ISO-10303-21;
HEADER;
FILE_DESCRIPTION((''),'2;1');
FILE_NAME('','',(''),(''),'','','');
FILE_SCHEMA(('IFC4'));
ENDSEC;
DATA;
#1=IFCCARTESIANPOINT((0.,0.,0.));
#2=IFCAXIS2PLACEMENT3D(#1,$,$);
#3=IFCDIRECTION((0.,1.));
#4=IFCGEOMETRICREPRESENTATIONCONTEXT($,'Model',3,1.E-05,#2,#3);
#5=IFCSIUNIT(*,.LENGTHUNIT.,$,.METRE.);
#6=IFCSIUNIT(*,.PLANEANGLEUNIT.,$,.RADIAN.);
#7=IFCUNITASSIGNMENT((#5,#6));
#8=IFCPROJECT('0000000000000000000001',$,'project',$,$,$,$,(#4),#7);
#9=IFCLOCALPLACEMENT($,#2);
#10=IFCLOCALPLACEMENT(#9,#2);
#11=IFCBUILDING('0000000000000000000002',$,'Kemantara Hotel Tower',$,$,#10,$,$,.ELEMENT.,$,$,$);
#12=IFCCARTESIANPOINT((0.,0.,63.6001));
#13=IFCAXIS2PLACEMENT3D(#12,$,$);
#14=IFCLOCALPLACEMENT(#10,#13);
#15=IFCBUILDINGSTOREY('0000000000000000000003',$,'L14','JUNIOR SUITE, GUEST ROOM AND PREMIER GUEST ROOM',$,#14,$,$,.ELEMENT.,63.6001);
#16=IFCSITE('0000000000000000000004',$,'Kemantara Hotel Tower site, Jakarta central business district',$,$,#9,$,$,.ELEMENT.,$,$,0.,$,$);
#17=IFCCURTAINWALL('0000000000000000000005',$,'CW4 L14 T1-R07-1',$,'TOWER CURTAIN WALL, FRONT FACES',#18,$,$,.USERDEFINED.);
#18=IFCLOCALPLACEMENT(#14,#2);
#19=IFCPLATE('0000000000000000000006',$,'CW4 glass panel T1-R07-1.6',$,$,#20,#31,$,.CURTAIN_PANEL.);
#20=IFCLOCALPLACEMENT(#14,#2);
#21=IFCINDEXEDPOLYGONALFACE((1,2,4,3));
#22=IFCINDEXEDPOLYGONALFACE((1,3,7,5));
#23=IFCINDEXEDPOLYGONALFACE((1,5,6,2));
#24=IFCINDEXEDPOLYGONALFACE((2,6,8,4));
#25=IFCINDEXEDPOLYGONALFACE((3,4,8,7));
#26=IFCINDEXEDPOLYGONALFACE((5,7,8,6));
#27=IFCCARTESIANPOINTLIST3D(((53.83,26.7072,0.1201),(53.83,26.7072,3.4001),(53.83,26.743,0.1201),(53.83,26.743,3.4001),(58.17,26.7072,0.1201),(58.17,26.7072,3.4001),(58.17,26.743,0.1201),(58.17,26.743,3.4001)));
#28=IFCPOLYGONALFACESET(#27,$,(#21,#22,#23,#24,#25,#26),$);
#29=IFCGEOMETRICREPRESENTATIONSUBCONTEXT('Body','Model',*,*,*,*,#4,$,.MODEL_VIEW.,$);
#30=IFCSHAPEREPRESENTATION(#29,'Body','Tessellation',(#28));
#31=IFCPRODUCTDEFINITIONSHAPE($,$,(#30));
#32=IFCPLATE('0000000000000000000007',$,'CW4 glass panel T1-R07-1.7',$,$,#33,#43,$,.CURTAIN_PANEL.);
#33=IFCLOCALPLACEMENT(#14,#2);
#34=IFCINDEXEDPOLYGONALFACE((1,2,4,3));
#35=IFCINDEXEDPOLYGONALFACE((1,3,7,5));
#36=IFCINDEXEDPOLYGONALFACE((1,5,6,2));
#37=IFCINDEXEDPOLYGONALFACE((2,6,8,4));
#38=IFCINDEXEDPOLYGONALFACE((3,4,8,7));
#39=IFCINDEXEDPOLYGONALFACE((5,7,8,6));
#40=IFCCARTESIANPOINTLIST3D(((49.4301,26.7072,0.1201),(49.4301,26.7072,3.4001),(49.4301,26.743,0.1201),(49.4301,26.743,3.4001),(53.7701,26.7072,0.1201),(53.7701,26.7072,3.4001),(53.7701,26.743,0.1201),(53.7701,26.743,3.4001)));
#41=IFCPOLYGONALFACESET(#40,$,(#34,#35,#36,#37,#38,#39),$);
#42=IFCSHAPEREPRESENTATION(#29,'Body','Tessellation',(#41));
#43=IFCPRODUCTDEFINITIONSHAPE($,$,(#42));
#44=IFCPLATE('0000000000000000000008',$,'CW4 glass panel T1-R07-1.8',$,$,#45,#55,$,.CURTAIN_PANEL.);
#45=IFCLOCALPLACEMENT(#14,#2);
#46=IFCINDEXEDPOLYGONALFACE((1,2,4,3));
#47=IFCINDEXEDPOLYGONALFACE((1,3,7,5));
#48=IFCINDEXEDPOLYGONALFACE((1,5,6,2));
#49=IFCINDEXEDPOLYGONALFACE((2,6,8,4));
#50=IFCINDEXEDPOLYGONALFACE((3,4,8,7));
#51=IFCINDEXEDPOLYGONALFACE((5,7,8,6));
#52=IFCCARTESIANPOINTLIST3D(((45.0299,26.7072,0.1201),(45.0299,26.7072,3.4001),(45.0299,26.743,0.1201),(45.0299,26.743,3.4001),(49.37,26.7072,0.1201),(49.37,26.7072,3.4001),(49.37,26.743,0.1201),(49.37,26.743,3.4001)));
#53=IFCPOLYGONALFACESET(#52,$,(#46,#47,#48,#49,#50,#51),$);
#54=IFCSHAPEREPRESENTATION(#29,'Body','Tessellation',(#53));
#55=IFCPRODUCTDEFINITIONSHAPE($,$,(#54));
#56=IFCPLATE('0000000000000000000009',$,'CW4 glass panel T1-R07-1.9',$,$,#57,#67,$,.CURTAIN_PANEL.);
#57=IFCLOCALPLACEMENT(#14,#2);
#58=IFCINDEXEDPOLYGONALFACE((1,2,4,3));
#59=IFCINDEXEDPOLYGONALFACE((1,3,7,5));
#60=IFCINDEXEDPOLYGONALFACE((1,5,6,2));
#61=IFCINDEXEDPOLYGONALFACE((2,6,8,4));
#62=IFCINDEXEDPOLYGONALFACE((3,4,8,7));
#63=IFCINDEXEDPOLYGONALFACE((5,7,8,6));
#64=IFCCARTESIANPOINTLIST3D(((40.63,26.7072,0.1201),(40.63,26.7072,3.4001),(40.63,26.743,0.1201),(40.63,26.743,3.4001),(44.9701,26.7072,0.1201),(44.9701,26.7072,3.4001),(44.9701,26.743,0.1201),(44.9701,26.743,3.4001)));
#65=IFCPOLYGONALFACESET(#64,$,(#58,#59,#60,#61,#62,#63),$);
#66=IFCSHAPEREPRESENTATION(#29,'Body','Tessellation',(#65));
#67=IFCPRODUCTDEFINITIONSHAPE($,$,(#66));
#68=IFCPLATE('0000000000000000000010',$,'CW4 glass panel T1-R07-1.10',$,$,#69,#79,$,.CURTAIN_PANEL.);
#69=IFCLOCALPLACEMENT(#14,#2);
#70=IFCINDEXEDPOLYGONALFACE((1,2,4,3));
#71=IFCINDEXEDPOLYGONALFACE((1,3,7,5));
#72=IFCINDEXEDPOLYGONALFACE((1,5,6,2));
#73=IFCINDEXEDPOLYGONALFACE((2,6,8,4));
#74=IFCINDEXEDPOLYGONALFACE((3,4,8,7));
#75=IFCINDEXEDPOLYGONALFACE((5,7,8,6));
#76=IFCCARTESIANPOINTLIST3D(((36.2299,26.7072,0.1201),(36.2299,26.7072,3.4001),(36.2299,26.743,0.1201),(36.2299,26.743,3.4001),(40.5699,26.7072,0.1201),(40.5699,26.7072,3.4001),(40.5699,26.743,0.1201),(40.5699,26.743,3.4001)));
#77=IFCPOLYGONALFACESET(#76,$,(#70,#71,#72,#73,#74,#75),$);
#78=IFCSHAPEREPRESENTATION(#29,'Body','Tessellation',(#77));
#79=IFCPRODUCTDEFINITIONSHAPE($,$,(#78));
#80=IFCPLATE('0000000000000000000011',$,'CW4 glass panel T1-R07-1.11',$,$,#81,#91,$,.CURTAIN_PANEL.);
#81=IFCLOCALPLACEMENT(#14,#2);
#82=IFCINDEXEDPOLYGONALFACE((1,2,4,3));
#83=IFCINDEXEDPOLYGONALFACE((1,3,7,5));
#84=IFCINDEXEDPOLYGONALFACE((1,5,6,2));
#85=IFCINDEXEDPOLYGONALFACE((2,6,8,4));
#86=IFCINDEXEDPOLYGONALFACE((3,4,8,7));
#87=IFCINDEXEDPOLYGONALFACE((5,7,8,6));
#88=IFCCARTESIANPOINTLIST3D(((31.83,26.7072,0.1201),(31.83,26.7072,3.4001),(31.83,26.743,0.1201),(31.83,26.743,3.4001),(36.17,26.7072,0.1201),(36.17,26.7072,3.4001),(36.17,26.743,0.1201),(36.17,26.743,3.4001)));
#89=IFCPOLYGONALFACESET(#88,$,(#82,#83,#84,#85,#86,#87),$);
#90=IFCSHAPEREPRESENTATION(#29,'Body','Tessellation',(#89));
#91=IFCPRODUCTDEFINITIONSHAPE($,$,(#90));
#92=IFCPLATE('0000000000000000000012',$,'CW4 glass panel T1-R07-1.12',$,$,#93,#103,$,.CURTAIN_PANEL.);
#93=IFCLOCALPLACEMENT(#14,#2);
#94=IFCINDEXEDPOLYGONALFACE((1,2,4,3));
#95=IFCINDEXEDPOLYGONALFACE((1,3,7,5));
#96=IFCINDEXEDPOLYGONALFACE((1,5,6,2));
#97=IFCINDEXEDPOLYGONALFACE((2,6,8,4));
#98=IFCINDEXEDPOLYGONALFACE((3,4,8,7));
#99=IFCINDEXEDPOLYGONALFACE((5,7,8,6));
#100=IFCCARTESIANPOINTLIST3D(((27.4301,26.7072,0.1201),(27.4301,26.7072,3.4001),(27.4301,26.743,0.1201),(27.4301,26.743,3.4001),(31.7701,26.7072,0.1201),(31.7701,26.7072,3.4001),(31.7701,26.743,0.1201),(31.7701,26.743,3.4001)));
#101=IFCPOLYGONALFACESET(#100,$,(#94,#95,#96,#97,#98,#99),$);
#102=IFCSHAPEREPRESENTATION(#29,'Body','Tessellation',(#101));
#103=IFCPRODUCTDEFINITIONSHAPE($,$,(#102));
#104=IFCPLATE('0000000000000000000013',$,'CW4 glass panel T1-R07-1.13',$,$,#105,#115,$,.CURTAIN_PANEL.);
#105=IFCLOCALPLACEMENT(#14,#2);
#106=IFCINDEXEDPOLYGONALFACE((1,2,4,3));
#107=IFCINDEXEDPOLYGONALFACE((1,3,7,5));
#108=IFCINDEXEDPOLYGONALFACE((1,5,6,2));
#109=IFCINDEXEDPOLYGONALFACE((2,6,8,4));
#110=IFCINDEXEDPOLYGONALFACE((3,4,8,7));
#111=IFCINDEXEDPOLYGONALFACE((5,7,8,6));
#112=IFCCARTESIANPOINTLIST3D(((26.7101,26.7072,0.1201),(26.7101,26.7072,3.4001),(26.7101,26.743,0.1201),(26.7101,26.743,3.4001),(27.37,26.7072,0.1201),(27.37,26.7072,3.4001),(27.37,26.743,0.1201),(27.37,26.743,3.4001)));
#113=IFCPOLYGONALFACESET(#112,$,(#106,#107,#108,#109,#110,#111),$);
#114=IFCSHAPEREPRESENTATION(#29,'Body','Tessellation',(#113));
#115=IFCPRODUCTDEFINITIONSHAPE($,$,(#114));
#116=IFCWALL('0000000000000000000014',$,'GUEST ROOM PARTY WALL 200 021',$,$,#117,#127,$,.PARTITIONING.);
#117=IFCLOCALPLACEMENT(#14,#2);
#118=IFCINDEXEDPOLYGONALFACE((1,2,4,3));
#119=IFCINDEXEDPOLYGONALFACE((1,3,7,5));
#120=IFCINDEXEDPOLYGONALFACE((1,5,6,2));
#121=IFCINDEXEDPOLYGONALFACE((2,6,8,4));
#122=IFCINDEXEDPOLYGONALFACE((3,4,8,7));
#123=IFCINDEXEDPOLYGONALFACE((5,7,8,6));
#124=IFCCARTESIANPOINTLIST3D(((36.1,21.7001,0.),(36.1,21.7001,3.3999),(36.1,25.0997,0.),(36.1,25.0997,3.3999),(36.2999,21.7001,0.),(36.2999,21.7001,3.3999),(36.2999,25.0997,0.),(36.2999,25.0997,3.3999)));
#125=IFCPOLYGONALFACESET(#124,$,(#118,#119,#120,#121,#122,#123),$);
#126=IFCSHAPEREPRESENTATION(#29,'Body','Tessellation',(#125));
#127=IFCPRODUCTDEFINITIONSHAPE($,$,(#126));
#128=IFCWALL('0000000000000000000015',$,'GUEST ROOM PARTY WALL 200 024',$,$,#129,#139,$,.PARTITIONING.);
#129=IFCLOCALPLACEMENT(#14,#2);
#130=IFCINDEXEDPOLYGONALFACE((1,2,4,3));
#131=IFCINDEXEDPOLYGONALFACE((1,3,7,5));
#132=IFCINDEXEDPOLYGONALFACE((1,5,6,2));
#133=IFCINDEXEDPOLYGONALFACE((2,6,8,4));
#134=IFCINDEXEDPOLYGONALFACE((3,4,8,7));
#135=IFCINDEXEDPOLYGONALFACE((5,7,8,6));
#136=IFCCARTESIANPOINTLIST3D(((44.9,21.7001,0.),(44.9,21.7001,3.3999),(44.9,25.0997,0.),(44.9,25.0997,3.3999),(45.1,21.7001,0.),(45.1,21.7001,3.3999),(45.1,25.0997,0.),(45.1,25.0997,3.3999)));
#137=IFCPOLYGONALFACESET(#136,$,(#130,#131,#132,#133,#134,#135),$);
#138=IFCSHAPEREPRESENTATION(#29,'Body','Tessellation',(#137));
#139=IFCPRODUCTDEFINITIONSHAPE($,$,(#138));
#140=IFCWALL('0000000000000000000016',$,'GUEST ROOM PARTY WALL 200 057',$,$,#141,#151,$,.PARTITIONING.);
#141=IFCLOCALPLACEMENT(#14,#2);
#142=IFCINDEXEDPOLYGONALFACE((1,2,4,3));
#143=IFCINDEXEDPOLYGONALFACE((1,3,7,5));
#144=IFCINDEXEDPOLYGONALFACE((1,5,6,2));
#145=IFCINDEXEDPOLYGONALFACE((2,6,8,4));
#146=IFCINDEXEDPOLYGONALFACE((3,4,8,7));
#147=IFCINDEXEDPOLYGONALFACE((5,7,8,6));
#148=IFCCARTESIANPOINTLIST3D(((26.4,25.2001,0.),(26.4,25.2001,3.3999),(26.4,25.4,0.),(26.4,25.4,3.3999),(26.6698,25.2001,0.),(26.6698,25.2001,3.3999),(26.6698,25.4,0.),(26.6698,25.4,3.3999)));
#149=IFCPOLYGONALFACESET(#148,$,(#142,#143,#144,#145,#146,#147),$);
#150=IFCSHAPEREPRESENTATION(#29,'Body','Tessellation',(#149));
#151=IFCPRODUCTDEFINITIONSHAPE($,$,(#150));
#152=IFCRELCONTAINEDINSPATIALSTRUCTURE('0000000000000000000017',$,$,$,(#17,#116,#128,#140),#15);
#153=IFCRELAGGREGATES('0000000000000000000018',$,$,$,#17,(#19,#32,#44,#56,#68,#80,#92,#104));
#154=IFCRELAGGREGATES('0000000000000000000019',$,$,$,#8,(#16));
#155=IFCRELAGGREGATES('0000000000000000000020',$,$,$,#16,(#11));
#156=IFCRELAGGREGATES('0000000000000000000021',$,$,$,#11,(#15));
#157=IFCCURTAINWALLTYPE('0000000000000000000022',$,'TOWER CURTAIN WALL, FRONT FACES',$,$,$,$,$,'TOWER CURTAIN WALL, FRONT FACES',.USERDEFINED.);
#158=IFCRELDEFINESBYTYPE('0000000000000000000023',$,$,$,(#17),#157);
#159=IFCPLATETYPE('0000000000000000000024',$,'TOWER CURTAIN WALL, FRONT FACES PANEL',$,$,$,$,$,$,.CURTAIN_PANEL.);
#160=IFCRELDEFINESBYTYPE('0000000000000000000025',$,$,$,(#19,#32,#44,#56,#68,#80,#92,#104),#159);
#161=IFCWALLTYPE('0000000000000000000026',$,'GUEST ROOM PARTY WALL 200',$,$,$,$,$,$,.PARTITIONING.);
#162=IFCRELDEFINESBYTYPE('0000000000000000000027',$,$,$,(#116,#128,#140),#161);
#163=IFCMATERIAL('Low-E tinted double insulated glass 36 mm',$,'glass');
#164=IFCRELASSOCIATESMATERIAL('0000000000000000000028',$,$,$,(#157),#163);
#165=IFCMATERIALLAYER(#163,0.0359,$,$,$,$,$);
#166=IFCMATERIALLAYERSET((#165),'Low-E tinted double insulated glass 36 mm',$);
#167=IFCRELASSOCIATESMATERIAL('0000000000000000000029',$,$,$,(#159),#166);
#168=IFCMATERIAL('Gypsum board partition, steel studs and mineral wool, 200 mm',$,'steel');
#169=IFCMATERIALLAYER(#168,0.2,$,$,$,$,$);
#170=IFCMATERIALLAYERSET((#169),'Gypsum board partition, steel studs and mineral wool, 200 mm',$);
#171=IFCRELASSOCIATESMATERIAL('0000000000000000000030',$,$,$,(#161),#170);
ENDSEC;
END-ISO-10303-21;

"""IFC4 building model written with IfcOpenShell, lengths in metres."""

from ifc_helpers import new_model, si_unit, direction, frame, frame_2d, origin, origin_2d, place, context, subcontext, project, spatial, rectangle, extrude, source, transform, mapped, material, layer, layer_set, type_object, element, aggregate, save


model = new_model("IFC4")

# Units and contexts
model_context = context("Model", 3, precision=1e-05, world=origin(), true_north=direction((0.0, 1.0)))
body_context = subcontext(model_context, "Body", "Model", "MODEL_VIEW")
ifc_project = project(units=[si_unit("LENGTHUNIT", "METRE"), si_unit("PLANEANGLEUNIT", "RADIAN")], contexts=[model_context])

# Site, building, storey
site_placement = place(None, origin())
site = spatial("IfcSite", under=ifc_project, at=site_placement, Name="Kemantara Hotel Tower site, Jakarta central business district", CompositionType="ELEMENT", RefElevation=0.0)
building_placement = place(site_placement, origin())
building = spatial("IfcBuilding", under=site, at=building_placement, Name="Kemantara Hotel Tower", CompositionType="ELEMENT")
storey_placement = place(building_placement, frame((0.0, 0.0, 63.6001)))
storey = spatial("IfcBuildingStorey", under=building, at=storey_placement, Name="L14", Description="JUNIOR SUITE, GUEST ROOM AND PREMIER GUEST ROOM", CompositionType="ELEMENT", Elevation=63.6001)

# Curtain wall, plates
ifc_material_1 = material(Name="Low-E tinted double insulated glass 36 mm", Category="glass")
curtain_wall_type = type_object("IfcCurtainWallType", Name="TOWER CURTAIN WALL, FRONT FACES", ElementType="TOWER CURTAIN WALL, FRONT FACES", PredefinedType="USERDEFINED", material=ifc_material_1)
curtain_wall_placement = place(storey_placement, origin())
curtain_wall = element("IfcCurtainWall", 1, at=curtain_wall_placement, inside=storey, type_object=curtain_wall_type, Name="CW4 L14 T1-R07-1", ObjectType="TOWER CURTAIN WALL, FRONT FACES", PredefinedType="USERDEFINED")
ifc_layer_1 = layer(ifc_material_1, 0.0359)
ifc_layer_set_1 = layer_set([ifc_layer_1], Name="Low-E tinted double insulated glass 36 mm")
plate_type = type_object("IfcPlateType", Name="TOWER CURTAIN WALL, FRONT FACES PANEL", PredefinedType="CURTAIN_PANEL", material=ifc_layer_set_1)
shared_shape_1 = source(origin(), body_context, "Body", "SweptSolid", [
    extrude(rectangle(XDim=4.3401, YDim=0.0359, at=origin_2d()), origin(), (0.0, 0.0, 1.0), 3.28),
])
plate_1_placement = place(storey_placement, frame((56.0, 26.7251, 0.1201), z_axis=(0.0, 0.0, 1.0), x_axis=(-1.0, 0.0, 0.0)))
plate_1 = element("IfcPlate", 2, at=plate_1_placement, type_object=plate_type, Name="CW4 glass panel T1-R07-1.6", PredefinedType="CURTAIN_PANEL", context=body_context, shape_type="MappedRepresentation", body=[
    mapped(shared_shape_1, transform((0.0, 0.0, 0.0))),
])
plate_2_placement = place(storey_placement, frame((51.6001, 26.7251, 0.1201), z_axis=(0.0, 0.0, 1.0), x_axis=(-1.0, 0.0, 0.0)))
plate_2 = element("IfcPlate", 3, at=plate_2_placement, type_object=plate_type, Name="CW4 glass panel T1-R07-1.7", PredefinedType="CURTAIN_PANEL", context=body_context, shape_type="MappedRepresentation", body=[
    mapped(shared_shape_1, transform((0.0, 0.0, 0.0))),
])
plate_3_placement = place(storey_placement, frame((47.2, 26.7251, 0.1201), z_axis=(0.0, 0.0, 1.0), x_axis=(-1.0, 0.0, 0.0)))
plate_3 = element("IfcPlate", 4, at=plate_3_placement, type_object=plate_type, Name="CW4 glass panel T1-R07-1.8", PredefinedType="CURTAIN_PANEL", context=body_context, shape_type="MappedRepresentation", body=[
    mapped(shared_shape_1, transform((0.0, 0.0, 0.0))),
])
plate_4_placement = place(storey_placement, frame((42.8, 26.7251, 0.1201), z_axis=(0.0, 0.0, 1.0), x_axis=(-1.0, 0.0, 0.0)))
plate_4 = element("IfcPlate", 5, at=plate_4_placement, type_object=plate_type, Name="CW4 glass panel T1-R07-1.9", PredefinedType="CURTAIN_PANEL", context=body_context, shape_type="MappedRepresentation", body=[
    mapped(shared_shape_1, transform((0.0, 0.0, 0.0))),
])
plate_5_placement = place(storey_placement, frame((38.3999, 26.7251, 0.1201), z_axis=(0.0, 0.0, 1.0), x_axis=(-1.0, 0.0, 0.0)))
plate_5 = element("IfcPlate", 6, at=plate_5_placement, type_object=plate_type, Name="CW4 glass panel T1-R07-1.10", PredefinedType="CURTAIN_PANEL", context=body_context, shape_type="MappedRepresentation", body=[
    mapped(shared_shape_1, transform((0.0, 0.0, 0.0))),
])
plate_6_placement = place(storey_placement, frame((34.0, 26.7251, 0.1201), z_axis=(0.0, 0.0, 1.0), x_axis=(-1.0, 0.0, 0.0)))
plate_6 = element("IfcPlate", 7, at=plate_6_placement, type_object=plate_type, Name="CW4 glass panel T1-R07-1.11", PredefinedType="CURTAIN_PANEL", context=body_context, shape_type="MappedRepresentation", body=[
    mapped(shared_shape_1, transform((0.0, 0.0, 0.0))),
])
plate_7_placement = place(storey_placement, frame((29.6001, 26.7251, 0.1201), z_axis=(0.0, 0.0, 1.0), x_axis=(-1.0, 0.0, 0.0)))
plate_7 = element("IfcPlate", 8, at=plate_7_placement, type_object=plate_type, Name="CW4 glass panel T1-R07-1.12", PredefinedType="CURTAIN_PANEL", context=body_context, shape_type="MappedRepresentation", body=[
    mapped(shared_shape_1, transform((0.0, 0.0, 0.0))),
])
shared_shape_2 = source(origin(), body_context, "Body", "SweptSolid", [
    extrude(rectangle(XDim=0.6599, YDim=0.0359, at=origin_2d()), origin(), (0.0, 0.0, 1.0), 3.28),
])
plate_8_placement = place(storey_placement, frame((27.04, 26.7251, 0.1201), z_axis=(0.0, 0.0, 1.0), x_axis=(-1.0, 0.0, 0.0)))
plate_8 = element("IfcPlate", 9, at=plate_8_placement, type_object=plate_type, Name="CW4 glass panel T1-R07-1.13", PredefinedType="CURTAIN_PANEL", context=body_context, shape_type="MappedRepresentation", body=[
    mapped(shared_shape_2, transform((0.0, 0.0, 0.0))),
])
aggregate(curtain_wall, [plate_1, plate_2, plate_3, plate_4, plate_5, plate_6, plate_7, plate_8])

# Walls
ifc_material_2 = material(Name="Gypsum board partition, steel studs and mineral wool, 200 mm", Category="steel")
ifc_layer_2 = layer(ifc_material_2, 0.2)
ifc_layer_set_2 = layer_set([ifc_layer_2], Name="Gypsum board partition, steel studs and mineral wool, 200 mm")
wall_type = type_object("IfcWallType", Name="GUEST ROOM PARTY WALL 200", PredefinedType="PARTITIONING", material=ifc_layer_set_2)
for number, where, z_axis, x_axis, name in (
    (10, (36.2, 21.7002, 0.0), (0.0, 0.0, 1.0), (0.0, 1.0, 0.0), "GUEST ROOM PARTY WALL 200 021"),
    (11, (45.0, 21.7002, 0.0), (0.0, 0.0, 1.0), (0.0, 1.0, 0.0), "GUEST ROOM PARTY WALL 200 024"),
):
    element("IfcWall", number, at=place(storey_placement, frame(where, z_axis=z_axis, x_axis=x_axis)), inside=storey, type_object=wall_type, Name=name, PredefinedType="PARTITIONING", context=body_context, shape_type="SweptSolid", body=[
        extrude(rectangle(XDim=3.3997, YDim=0.2, at=frame_2d((1.6997, 0.0))), origin(), (0.0, 0.0, 1.0), 3.3999),
    ])
wall_placement = place(storey_placement, frame((26.4001, 25.3, 0.0), z_axis=(0.0, 0.0, 1.0), x_axis=(1.0, 0.0, 0.0)))
element("IfcWall", 12, at=wall_placement, inside=storey, type_object=wall_type, Name="GUEST ROOM PARTY WALL 200 057", PredefinedType="PARTITIONING", context=body_context, shape_type="SweptSolid", body=[
    extrude(rectangle(XDim=0.2698, YDim=0.2, at=frame_2d((0.1348, 0.0))), origin(), (0.0, 0.0, 1.0), 3.3999),
])

save(model, "model.ifc")
